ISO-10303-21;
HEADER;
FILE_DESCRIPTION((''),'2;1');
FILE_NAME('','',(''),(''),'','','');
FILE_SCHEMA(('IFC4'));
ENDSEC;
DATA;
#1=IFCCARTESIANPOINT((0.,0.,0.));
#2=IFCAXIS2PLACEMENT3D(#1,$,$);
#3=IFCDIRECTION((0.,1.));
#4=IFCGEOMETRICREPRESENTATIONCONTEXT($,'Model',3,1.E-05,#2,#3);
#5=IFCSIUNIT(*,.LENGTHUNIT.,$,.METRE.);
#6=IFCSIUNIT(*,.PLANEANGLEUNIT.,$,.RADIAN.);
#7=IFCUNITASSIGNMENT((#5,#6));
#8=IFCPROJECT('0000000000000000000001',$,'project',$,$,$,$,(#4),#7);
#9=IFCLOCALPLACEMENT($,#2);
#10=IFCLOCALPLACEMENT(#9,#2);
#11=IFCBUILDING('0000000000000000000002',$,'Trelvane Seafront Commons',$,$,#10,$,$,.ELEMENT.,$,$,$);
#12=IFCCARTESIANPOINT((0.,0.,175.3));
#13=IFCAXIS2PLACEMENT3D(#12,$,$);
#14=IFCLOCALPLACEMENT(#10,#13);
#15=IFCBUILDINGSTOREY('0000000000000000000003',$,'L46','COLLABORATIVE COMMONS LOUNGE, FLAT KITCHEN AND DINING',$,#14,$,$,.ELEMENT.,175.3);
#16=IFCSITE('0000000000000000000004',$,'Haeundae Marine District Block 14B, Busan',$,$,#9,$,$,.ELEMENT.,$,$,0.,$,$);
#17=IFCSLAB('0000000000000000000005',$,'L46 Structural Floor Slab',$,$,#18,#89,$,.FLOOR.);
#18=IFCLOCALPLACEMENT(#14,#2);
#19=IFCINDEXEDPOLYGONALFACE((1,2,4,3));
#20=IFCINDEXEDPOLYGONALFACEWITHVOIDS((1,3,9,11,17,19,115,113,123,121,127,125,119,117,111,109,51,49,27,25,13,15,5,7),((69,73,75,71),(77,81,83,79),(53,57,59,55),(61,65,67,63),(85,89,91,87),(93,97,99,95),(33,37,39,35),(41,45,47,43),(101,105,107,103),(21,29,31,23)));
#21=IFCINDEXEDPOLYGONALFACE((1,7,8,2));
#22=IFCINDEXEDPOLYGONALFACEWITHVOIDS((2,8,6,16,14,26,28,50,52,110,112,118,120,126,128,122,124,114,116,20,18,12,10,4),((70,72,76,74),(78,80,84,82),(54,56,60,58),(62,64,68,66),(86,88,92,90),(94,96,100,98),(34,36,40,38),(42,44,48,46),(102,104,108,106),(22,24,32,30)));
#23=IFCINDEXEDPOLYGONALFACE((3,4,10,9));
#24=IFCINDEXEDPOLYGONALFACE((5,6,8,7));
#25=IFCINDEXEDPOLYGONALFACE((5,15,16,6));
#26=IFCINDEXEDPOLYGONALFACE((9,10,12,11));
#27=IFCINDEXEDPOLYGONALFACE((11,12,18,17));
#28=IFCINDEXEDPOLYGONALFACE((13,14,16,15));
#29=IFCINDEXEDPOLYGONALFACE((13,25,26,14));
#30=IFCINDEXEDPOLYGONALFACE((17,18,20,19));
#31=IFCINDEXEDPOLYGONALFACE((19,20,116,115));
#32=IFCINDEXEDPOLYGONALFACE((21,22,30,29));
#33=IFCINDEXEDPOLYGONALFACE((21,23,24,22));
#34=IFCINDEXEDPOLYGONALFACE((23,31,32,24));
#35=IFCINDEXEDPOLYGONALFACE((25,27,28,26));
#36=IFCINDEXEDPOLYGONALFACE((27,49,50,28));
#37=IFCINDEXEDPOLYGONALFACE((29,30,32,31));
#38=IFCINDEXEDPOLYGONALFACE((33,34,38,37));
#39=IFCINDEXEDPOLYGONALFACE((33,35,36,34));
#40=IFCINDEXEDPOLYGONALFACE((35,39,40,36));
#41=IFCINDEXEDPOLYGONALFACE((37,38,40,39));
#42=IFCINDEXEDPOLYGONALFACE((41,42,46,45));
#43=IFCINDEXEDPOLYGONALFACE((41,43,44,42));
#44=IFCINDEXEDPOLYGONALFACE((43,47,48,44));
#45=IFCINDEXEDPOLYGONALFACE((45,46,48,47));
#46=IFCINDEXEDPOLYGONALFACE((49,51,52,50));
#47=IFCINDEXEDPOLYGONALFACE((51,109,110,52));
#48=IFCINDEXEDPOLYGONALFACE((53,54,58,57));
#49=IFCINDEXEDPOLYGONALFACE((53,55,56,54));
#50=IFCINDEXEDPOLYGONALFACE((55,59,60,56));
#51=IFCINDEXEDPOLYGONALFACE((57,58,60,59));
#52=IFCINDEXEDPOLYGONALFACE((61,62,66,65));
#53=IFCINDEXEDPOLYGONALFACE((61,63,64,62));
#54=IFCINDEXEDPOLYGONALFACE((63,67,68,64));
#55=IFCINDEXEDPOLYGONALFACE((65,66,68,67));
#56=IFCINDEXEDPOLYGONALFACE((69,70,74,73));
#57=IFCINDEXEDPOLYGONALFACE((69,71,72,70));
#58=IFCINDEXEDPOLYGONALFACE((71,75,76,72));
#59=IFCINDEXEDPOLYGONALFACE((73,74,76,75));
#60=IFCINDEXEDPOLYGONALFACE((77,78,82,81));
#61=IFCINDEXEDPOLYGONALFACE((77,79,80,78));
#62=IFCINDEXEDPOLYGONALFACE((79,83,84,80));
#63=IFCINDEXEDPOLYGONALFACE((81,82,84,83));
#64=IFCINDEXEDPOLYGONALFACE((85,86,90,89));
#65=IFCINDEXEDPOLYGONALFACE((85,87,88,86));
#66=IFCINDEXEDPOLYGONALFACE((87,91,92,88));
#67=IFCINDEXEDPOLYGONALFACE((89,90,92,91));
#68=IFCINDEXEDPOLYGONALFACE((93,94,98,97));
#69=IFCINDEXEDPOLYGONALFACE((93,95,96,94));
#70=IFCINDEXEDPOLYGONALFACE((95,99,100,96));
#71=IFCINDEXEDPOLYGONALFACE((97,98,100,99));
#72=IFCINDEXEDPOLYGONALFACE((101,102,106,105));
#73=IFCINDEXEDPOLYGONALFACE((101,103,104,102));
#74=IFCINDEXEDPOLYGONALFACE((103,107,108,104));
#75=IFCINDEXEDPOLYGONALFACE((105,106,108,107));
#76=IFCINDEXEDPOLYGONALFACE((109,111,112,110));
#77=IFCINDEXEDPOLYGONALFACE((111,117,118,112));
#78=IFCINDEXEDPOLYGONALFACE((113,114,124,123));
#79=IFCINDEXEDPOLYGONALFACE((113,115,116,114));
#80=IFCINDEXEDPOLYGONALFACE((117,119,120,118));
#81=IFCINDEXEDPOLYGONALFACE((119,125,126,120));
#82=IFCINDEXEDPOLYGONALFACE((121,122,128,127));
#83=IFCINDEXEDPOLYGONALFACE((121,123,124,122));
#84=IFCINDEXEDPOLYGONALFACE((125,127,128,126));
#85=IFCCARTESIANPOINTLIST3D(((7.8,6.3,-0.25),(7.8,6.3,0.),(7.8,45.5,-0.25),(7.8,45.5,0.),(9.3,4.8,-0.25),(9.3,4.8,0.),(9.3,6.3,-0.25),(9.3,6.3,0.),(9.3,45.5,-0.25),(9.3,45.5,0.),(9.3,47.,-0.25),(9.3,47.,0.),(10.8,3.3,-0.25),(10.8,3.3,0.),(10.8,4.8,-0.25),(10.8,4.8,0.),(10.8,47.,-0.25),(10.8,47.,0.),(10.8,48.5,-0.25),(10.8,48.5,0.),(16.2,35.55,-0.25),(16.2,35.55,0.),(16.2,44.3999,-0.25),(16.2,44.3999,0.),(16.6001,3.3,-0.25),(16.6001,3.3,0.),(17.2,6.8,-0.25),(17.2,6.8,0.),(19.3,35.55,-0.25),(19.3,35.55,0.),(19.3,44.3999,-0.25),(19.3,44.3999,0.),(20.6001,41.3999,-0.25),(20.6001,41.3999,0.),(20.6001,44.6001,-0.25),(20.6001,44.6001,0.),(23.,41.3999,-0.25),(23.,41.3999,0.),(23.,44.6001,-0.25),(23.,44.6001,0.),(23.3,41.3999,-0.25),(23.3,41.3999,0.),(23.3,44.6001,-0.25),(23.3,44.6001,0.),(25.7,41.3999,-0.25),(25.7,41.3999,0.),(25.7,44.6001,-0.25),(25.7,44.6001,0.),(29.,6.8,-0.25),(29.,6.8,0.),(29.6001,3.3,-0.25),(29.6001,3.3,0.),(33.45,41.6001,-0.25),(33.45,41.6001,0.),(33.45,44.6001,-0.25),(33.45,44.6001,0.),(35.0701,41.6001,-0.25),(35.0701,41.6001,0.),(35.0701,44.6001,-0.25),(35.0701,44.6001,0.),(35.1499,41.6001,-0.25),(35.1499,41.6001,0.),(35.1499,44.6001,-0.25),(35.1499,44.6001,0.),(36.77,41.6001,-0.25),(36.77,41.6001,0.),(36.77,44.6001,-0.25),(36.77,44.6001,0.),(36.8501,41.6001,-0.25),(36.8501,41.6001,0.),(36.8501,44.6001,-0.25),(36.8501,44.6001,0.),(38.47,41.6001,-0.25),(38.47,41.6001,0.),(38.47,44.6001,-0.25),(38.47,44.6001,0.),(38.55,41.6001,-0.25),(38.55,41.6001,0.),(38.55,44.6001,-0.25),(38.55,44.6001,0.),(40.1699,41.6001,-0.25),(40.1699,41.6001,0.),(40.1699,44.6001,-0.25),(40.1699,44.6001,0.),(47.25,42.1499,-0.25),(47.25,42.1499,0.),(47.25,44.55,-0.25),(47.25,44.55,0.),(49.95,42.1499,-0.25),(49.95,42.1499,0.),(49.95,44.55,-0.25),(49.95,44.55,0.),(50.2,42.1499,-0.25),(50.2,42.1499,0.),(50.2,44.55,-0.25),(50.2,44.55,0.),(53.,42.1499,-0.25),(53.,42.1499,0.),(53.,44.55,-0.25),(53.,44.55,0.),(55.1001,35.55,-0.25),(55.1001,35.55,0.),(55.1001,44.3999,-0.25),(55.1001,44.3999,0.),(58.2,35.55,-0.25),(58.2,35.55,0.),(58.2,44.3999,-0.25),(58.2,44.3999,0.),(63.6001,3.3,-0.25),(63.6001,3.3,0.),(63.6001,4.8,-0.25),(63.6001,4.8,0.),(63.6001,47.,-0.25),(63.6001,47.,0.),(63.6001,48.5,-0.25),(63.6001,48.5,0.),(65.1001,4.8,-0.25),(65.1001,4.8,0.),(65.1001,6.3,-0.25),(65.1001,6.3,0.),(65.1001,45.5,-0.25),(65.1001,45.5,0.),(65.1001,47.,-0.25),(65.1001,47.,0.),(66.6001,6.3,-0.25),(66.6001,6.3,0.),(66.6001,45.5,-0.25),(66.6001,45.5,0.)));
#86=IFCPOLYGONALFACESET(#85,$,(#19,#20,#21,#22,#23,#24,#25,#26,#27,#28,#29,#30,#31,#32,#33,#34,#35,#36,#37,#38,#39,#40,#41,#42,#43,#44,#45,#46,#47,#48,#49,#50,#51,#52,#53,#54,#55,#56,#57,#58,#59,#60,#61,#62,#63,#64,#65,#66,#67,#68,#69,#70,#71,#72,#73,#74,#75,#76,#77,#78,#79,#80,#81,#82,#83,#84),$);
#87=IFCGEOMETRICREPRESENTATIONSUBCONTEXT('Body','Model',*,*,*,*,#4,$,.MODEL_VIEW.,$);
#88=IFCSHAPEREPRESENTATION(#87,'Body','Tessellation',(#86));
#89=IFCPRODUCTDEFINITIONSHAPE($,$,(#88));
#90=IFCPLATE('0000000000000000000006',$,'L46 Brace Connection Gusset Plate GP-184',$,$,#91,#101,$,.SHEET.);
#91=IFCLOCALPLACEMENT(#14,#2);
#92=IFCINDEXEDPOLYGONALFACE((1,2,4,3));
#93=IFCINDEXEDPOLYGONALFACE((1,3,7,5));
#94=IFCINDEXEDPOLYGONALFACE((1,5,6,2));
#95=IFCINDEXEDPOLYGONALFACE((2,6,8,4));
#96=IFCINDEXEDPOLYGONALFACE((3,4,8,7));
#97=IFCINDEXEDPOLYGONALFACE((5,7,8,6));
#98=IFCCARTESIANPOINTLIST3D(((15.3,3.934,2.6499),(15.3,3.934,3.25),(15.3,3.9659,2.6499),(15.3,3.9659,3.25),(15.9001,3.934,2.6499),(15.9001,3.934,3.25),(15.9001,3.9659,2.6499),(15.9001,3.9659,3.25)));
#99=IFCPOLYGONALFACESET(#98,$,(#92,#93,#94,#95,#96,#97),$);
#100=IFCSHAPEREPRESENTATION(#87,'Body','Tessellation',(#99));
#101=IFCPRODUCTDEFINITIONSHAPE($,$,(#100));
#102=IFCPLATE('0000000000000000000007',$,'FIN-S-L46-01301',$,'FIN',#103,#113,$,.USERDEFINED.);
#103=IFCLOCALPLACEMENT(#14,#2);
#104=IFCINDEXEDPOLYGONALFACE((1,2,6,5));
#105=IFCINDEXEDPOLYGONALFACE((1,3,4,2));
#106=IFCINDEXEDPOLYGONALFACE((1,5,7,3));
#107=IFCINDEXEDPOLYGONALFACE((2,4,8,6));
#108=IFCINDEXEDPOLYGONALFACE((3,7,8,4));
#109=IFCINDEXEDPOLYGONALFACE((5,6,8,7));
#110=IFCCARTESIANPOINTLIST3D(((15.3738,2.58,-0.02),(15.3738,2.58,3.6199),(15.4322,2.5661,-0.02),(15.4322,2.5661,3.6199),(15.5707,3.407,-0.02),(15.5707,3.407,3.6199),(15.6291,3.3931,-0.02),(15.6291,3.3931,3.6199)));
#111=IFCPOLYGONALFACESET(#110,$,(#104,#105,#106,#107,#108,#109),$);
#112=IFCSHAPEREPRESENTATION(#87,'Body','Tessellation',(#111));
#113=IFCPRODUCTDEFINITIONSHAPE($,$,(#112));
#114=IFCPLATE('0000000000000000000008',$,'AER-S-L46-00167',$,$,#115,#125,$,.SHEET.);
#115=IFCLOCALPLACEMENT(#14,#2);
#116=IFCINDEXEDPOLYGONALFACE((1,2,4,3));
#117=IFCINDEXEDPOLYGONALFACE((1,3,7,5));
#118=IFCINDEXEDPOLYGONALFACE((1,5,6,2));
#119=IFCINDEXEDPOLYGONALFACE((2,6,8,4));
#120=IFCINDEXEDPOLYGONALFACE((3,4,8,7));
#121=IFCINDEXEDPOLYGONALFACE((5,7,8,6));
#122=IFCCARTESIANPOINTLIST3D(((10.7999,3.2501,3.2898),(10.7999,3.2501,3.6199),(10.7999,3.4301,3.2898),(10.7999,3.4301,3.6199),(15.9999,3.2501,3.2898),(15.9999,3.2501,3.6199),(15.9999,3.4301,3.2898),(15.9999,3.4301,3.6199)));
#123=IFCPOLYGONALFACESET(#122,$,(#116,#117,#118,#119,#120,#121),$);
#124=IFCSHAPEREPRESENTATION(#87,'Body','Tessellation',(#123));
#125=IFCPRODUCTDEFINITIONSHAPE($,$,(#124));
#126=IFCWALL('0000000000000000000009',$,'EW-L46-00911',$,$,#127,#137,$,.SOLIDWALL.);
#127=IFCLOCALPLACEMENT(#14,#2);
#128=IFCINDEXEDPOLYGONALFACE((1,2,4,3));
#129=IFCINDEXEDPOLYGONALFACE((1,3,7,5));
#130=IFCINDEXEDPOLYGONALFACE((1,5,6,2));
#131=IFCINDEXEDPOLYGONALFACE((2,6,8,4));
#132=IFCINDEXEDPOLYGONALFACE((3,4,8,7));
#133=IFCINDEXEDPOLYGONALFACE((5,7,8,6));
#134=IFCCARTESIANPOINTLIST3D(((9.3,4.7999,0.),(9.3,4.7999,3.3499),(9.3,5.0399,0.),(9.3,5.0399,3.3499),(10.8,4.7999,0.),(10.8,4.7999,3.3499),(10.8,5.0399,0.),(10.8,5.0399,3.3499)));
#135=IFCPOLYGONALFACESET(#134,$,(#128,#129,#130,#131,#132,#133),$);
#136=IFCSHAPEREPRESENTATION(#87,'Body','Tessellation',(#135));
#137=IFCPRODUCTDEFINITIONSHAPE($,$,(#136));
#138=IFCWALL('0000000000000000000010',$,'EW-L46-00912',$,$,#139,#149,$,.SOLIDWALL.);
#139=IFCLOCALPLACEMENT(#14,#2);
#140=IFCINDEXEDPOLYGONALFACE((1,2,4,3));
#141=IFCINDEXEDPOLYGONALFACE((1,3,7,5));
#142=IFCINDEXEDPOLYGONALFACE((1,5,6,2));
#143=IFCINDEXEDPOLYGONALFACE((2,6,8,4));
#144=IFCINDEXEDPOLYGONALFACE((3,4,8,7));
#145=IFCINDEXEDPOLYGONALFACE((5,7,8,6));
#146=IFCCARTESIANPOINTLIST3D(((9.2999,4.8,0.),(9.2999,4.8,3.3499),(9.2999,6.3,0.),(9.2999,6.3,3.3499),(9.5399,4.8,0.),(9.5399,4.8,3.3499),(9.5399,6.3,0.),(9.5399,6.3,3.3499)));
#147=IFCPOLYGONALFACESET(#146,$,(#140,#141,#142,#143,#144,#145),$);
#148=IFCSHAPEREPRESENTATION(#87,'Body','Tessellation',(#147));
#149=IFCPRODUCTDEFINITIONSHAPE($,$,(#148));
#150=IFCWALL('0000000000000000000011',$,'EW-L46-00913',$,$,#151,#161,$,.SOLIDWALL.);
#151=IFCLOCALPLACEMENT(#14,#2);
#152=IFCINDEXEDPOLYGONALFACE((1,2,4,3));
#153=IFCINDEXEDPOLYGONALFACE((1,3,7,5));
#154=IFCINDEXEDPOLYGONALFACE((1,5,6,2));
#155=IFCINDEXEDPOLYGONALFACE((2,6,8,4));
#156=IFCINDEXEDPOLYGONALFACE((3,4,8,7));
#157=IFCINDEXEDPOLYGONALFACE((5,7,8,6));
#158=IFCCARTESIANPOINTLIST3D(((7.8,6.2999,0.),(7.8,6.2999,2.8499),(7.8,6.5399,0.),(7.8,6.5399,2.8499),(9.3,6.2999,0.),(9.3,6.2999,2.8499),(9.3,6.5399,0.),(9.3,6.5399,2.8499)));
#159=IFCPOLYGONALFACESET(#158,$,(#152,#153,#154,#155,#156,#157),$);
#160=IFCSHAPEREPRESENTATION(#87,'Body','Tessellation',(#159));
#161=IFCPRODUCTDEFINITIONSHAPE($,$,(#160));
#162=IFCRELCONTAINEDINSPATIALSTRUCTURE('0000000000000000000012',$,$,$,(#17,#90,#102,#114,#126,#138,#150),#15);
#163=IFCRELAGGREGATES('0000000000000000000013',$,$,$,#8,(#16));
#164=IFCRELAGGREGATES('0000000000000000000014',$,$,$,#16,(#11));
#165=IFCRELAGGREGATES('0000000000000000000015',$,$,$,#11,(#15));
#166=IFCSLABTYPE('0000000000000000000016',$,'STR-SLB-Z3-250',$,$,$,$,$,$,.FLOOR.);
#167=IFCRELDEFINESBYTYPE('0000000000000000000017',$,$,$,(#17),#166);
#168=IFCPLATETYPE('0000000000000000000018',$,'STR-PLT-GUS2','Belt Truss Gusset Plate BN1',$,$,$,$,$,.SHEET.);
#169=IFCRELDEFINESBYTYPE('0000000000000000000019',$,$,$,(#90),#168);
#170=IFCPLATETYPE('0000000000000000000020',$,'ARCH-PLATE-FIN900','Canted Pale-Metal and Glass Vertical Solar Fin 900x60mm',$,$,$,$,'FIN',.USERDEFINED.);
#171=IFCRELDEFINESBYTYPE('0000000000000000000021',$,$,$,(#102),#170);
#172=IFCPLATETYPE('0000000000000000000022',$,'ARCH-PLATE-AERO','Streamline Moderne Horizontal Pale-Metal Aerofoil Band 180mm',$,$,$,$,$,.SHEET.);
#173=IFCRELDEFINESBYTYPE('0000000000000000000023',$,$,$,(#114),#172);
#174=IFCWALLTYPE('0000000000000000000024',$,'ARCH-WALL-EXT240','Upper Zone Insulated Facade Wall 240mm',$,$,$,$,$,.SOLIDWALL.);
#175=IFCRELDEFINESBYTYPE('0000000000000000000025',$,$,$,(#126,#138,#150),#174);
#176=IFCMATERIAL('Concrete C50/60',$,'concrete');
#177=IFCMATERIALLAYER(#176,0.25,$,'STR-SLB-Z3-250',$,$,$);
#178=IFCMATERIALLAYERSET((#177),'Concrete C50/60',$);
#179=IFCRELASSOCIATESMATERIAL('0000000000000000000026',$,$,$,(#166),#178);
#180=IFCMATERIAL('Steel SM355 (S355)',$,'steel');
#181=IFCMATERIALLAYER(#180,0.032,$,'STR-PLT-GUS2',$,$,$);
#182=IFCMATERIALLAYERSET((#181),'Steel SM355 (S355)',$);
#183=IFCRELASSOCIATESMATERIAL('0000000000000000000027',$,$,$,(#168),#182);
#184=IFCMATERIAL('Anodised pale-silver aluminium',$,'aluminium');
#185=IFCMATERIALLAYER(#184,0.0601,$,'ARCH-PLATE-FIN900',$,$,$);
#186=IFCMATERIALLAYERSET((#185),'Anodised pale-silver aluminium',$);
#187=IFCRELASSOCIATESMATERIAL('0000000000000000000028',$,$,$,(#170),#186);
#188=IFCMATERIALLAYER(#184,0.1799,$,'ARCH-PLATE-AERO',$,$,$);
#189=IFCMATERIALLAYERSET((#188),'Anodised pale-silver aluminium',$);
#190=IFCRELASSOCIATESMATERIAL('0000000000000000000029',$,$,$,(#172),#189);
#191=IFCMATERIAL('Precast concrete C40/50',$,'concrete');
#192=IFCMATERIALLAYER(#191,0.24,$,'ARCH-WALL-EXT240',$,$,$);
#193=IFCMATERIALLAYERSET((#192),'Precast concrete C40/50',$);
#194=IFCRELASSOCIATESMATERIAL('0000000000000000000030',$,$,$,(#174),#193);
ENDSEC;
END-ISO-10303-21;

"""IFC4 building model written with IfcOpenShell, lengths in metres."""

from ifc_helpers import new_model, si_unit, direction, frame, frame_2d, origin, origin_2d, place, context, subcontext, project, spatial, polyline, rectangle, outline, extrude, source, transform, mapped, material, layer, layer_set, type_object, element, save


model = new_model("IFC4")

# Units and contexts
model_context = context("Model", 3, precision=1e-05, world=origin(), true_north=direction((0.0, 1.0)))
body_context = subcontext(model_context, "Body", "Model", "MODEL_VIEW")
ifc_project = project(units=[si_unit("LENGTHUNIT", "METRE"), si_unit("PLANEANGLEUNIT", "RADIAN")], contexts=[model_context])

# Site, building, storey
site_placement = place(None, origin())
site = spatial("IfcSite", under=ifc_project, at=site_placement, Name="Haeundae Marine District Block 14B, Busan", CompositionType="ELEMENT", RefElevation=0.0)
building_placement = place(site_placement, origin())
building = spatial("IfcBuilding", under=site, at=building_placement, Name="Trelvane Seafront Commons", CompositionType="ELEMENT")
storey_placement = place(building_placement, frame((0.0, 0.0, 175.3)))
storey = spatial("IfcBuildingStorey", under=building, at=storey_placement, Name="L46", Description="COLLABORATIVE COMMONS LOUNGE, FLAT KITCHEN AND DINING", CompositionType="ELEMENT", Elevation=175.3)

# Shared definitions
ifc_material_1 = material(Name="Steel SM355 (S355)", Category="steel")

# Slab
ifc_material_2 = material(Name="Concrete C50/60", Category="concrete")
ifc_layer_1 = layer(ifc_material_2, 0.25, Name="STR-SLB-Z3-250")
ifc_layer_set_1 = layer_set([ifc_layer_1], Name="Concrete C50/60")
slab_type_1 = type_object("IfcSlabType", Name="STR-SLB-Z3-250", PredefinedType="FLOOR", material=ifc_layer_set_1)
slab_1_placement = place(storey_placement, frame((0.0, 0.0, -0.25)))
element("IfcSlab", 1, at=slab_1_placement, inside=storey, type_object=slab_type_1, Name="L46 Structural Floor Slab", PredefinedType="FLOOR", context=body_context, shape_type="SweptSolid", body=[
    extrude(outline(polyline([(10.8, 3.3), (16.6001, 3.3), (17.2, 6.8), (29.0, 6.8), (29.6001, 3.3), (63.6001, 3.3), (63.6001, 4.8), (65.1001, 4.8), (65.1001, 6.3), (66.6001, 6.3), (66.6001, 45.5), (65.1001, 45.5), (65.1001, 47.0), (63.6001, 47.0), (63.6001, 48.5), (10.8, 48.5), (10.8, 47.0), (9.3, 47.0), (9.3, 45.5), (7.8, 45.5), (7.8, 6.3), (9.3, 6.3), (9.3, 4.8), (10.8, 4.8), (10.8, 3.3)]), holes=[polyline([(19.3, 35.55), (16.2, 35.55), (16.2, 44.3999), (19.3, 44.3999), (19.3, 35.55)]), polyline([(58.2, 35.55), (55.1001, 35.55), (55.1001, 44.3999), (58.2, 44.3999), (58.2, 35.55)]), polyline([(23.0, 41.3999), (20.6001, 41.3999), (20.6001, 44.6001), (23.0, 44.6001), (23.0, 41.3999)]), polyline([(23.3, 41.3999), (23.3, 44.6001), (25.7, 44.6001), (25.7, 41.3999), (23.3, 41.3999)]), polyline([(33.45, 41.6001), (33.45, 44.6001), (35.0701, 44.6001), (35.0701, 41.6001), (33.45, 41.6001)]), polyline([(36.77, 41.6001), (35.1499, 41.6001), (35.1499, 44.6001), (36.77, 44.6001), (36.77, 41.6001)]), polyline([(38.47, 41.6001), (36.8501, 41.6001), (36.8501, 44.6001), (38.47, 44.6001), (38.47, 41.6001)]), polyline([(40.1699, 41.6001), (38.55, 41.6001), (38.55, 44.6001), (40.1699, 44.6001), (40.1699, 41.6001)]), polyline([(47.25, 42.1499), (47.25, 44.55), (49.95, 44.55), (49.95, 42.1499), (47.25, 42.1499)]), polyline([(50.2, 42.1499), (50.2, 44.55), (53.0, 44.55), (53.0, 42.1499), (50.2, 42.1499)])]), origin(), (0.0, 0.0, 1.0), 0.25),
])

# Plates
ifc_layer_2 = layer(ifc_material_1, 0.032, Name="STR-PLT-GUS2")
ifc_layer_set_2 = layer_set([ifc_layer_2], Name="Steel SM355 (S355)")
plate_type_1 = type_object("IfcPlateType", Name="STR-PLT-GUS2", Description="Belt Truss Gusset Plate BN1", PredefinedType="SHEET", material=ifc_layer_set_2)
shared_shape_1 = source(origin(), body_context, "Body", "SweptSolid", [
    extrude(rectangle(XDim=0.6001, YDim=0.032, at=origin_2d()), origin(), (0.0, 0.0, 1.0), 0.6001),
])
plate_1_placement = place(storey_placement, frame((15.6001, 3.95, 2.6499), z_axis=(0.0, 0.0, 1.0), x_axis=(1.0, 0.0, 0.0)))
element("IfcPlate", 2, at=plate_1_placement, inside=storey, type_object=plate_type_1, Name="L46 Brace Connection Gusset Plate GP-184", PredefinedType="SHEET", context=body_context, shape_type="MappedRepresentation", body=[
    mapped(shared_shape_1, transform((0.0, 0.0, 0.0), x_axis=(1.0, 0.0, 0.0), y_axis=(0.0, 1.0, 0.0), z_axis=(0.0, 0.0, 1.0), scale=1.0)),
])
ifc_material_3 = material(Name="Anodised pale-silver aluminium", Category="aluminium")
ifc_layer_3 = layer(ifc_material_3, 0.0601, Name="ARCH-PLATE-FIN900")
ifc_layer_set_3 = layer_set([ifc_layer_3], Name="Anodised pale-silver aluminium")
plate_type_2 = type_object("IfcPlateType", Name="ARCH-PLATE-FIN900", Description="Canted Pale-Metal and Glass Vertical Solar Fin 900x60mm", ElementType="FIN", PredefinedType="USERDEFINED", material=ifc_layer_set_3)
shared_shape_2 = source(origin(), body_context, "Body", "SweptSolid", [
    extrude(rectangle(XDim=0.8501, YDim=0.0601, at=origin_2d()), origin(), (0.0, 0.0, 1.0), 3.6399),
])
plate_2_placement = place(storey_placement, frame((15.5015, 2.9866, -0.02), z_axis=(0.0, 0.0, 1.0), x_axis=(-0.231641, -0.972801, 0.0)))
element("IfcPlate", 3, at=plate_2_placement, inside=storey, type_object=plate_type_2, Name="FIN-S-L46-01301", ObjectType="FIN", PredefinedType="USERDEFINED", context=body_context, shape_type="MappedRepresentation", body=[
    mapped(shared_shape_2, transform((0.0, 0.0, 0.0), x_axis=(1.0, 0.0, 0.0), y_axis=(0.0, 1.0, 0.0), z_axis=(0.0, 0.0, 1.0), scale=1.0)),
])
ifc_layer_4 = layer(ifc_material_3, 0.1799, Name="ARCH-PLATE-AERO")
ifc_layer_set_4 = layer_set([ifc_layer_4], Name="Anodised pale-silver aluminium")
plate_type_3 = type_object("IfcPlateType", Name="ARCH-PLATE-AERO", Description="Streamline Moderne Horizontal Pale-Metal Aerofoil Band 180mm", PredefinedType="SHEET", material=ifc_layer_set_4)
shared_shape_3 = source(origin(), body_context, "Body", "SweptSolid", [
    extrude(rectangle(XDim=5.2, YDim=0.1799, at=origin_2d()), origin(), (0.0, 0.0, 1.0), 0.3301),
])
plate_3_placement = place(storey_placement, frame((13.3999, 3.3401, 3.2898), z_axis=(0.0, 0.0, 1.0), x_axis=(-1.0, 0.0, 0.0)))
element("IfcPlate", 4, at=plate_3_placement, inside=storey, type_object=plate_type_3, Name="AER-S-L46-00167", PredefinedType="SHEET", context=body_context, shape_type="MappedRepresentation", body=[
    mapped(shared_shape_3, transform((0.0, 0.0, 0.0), x_axis=(1.0, 0.0, 0.0), y_axis=(0.0, 1.0, 0.0), z_axis=(0.0, 0.0, 1.0), scale=1.0)),
])

# Walls
ifc_material_4 = material(Name="Precast concrete C40/50", Category="concrete")
ifc_layer_5 = layer(ifc_material_4, 0.24, Name="ARCH-WALL-EXT240")
ifc_layer_set_5 = layer_set([ifc_layer_5], Name="Precast concrete C40/50")
wall_type_1 = type_object("IfcWallType", Name="ARCH-WALL-EXT240", Description="Upper Zone Insulated Facade Wall 240mm", PredefinedType="SOLIDWALL", material=ifc_layer_set_5)
for number, where, z_axis, x_axis, name in (
    (5, (10.8, 4.9199, 0.0), (0.0, 0.0, 1.0), (-1.0, 0.0, 0.0), "EW-L46-00911"),
    (6, (9.4199, 4.8, 0.0), (0.0, 0.0, 1.0), (0.0, 1.0, 0.0), "EW-L46-00912"),
):
    element("IfcWall", number, at=place(storey_placement, frame(where, z_axis=z_axis, x_axis=x_axis)), inside=storey, type_object=wall_type_1, Name=name, PredefinedType="SOLIDWALL", context=body_context, shape_type="SweptSolid", body=[
        extrude(rectangle(XDim=1.5, YDim=0.24, at=frame_2d((0.75, 0.0))), origin(), (0.0, 0.0, 1.0), 3.3499),
    ])
wall_1_placement = place(storey_placement, frame((9.3, 6.4199, 0.0), z_axis=(0.0, 0.0, 1.0), x_axis=(-1.0, 0.0, 0.0)))
element("IfcWall", 7, at=wall_1_placement, inside=storey, type_object=wall_type_1, Name="EW-L46-00913", PredefinedType="SOLIDWALL", context=body_context, shape_type="SweptSolid", body=[
    extrude(rectangle(XDim=1.5, YDim=0.24, at=frame_2d((0.75, 0.0))), origin(), (0.0, 0.0, 1.0), 2.8499),
])

save(model, "model.ifc")
